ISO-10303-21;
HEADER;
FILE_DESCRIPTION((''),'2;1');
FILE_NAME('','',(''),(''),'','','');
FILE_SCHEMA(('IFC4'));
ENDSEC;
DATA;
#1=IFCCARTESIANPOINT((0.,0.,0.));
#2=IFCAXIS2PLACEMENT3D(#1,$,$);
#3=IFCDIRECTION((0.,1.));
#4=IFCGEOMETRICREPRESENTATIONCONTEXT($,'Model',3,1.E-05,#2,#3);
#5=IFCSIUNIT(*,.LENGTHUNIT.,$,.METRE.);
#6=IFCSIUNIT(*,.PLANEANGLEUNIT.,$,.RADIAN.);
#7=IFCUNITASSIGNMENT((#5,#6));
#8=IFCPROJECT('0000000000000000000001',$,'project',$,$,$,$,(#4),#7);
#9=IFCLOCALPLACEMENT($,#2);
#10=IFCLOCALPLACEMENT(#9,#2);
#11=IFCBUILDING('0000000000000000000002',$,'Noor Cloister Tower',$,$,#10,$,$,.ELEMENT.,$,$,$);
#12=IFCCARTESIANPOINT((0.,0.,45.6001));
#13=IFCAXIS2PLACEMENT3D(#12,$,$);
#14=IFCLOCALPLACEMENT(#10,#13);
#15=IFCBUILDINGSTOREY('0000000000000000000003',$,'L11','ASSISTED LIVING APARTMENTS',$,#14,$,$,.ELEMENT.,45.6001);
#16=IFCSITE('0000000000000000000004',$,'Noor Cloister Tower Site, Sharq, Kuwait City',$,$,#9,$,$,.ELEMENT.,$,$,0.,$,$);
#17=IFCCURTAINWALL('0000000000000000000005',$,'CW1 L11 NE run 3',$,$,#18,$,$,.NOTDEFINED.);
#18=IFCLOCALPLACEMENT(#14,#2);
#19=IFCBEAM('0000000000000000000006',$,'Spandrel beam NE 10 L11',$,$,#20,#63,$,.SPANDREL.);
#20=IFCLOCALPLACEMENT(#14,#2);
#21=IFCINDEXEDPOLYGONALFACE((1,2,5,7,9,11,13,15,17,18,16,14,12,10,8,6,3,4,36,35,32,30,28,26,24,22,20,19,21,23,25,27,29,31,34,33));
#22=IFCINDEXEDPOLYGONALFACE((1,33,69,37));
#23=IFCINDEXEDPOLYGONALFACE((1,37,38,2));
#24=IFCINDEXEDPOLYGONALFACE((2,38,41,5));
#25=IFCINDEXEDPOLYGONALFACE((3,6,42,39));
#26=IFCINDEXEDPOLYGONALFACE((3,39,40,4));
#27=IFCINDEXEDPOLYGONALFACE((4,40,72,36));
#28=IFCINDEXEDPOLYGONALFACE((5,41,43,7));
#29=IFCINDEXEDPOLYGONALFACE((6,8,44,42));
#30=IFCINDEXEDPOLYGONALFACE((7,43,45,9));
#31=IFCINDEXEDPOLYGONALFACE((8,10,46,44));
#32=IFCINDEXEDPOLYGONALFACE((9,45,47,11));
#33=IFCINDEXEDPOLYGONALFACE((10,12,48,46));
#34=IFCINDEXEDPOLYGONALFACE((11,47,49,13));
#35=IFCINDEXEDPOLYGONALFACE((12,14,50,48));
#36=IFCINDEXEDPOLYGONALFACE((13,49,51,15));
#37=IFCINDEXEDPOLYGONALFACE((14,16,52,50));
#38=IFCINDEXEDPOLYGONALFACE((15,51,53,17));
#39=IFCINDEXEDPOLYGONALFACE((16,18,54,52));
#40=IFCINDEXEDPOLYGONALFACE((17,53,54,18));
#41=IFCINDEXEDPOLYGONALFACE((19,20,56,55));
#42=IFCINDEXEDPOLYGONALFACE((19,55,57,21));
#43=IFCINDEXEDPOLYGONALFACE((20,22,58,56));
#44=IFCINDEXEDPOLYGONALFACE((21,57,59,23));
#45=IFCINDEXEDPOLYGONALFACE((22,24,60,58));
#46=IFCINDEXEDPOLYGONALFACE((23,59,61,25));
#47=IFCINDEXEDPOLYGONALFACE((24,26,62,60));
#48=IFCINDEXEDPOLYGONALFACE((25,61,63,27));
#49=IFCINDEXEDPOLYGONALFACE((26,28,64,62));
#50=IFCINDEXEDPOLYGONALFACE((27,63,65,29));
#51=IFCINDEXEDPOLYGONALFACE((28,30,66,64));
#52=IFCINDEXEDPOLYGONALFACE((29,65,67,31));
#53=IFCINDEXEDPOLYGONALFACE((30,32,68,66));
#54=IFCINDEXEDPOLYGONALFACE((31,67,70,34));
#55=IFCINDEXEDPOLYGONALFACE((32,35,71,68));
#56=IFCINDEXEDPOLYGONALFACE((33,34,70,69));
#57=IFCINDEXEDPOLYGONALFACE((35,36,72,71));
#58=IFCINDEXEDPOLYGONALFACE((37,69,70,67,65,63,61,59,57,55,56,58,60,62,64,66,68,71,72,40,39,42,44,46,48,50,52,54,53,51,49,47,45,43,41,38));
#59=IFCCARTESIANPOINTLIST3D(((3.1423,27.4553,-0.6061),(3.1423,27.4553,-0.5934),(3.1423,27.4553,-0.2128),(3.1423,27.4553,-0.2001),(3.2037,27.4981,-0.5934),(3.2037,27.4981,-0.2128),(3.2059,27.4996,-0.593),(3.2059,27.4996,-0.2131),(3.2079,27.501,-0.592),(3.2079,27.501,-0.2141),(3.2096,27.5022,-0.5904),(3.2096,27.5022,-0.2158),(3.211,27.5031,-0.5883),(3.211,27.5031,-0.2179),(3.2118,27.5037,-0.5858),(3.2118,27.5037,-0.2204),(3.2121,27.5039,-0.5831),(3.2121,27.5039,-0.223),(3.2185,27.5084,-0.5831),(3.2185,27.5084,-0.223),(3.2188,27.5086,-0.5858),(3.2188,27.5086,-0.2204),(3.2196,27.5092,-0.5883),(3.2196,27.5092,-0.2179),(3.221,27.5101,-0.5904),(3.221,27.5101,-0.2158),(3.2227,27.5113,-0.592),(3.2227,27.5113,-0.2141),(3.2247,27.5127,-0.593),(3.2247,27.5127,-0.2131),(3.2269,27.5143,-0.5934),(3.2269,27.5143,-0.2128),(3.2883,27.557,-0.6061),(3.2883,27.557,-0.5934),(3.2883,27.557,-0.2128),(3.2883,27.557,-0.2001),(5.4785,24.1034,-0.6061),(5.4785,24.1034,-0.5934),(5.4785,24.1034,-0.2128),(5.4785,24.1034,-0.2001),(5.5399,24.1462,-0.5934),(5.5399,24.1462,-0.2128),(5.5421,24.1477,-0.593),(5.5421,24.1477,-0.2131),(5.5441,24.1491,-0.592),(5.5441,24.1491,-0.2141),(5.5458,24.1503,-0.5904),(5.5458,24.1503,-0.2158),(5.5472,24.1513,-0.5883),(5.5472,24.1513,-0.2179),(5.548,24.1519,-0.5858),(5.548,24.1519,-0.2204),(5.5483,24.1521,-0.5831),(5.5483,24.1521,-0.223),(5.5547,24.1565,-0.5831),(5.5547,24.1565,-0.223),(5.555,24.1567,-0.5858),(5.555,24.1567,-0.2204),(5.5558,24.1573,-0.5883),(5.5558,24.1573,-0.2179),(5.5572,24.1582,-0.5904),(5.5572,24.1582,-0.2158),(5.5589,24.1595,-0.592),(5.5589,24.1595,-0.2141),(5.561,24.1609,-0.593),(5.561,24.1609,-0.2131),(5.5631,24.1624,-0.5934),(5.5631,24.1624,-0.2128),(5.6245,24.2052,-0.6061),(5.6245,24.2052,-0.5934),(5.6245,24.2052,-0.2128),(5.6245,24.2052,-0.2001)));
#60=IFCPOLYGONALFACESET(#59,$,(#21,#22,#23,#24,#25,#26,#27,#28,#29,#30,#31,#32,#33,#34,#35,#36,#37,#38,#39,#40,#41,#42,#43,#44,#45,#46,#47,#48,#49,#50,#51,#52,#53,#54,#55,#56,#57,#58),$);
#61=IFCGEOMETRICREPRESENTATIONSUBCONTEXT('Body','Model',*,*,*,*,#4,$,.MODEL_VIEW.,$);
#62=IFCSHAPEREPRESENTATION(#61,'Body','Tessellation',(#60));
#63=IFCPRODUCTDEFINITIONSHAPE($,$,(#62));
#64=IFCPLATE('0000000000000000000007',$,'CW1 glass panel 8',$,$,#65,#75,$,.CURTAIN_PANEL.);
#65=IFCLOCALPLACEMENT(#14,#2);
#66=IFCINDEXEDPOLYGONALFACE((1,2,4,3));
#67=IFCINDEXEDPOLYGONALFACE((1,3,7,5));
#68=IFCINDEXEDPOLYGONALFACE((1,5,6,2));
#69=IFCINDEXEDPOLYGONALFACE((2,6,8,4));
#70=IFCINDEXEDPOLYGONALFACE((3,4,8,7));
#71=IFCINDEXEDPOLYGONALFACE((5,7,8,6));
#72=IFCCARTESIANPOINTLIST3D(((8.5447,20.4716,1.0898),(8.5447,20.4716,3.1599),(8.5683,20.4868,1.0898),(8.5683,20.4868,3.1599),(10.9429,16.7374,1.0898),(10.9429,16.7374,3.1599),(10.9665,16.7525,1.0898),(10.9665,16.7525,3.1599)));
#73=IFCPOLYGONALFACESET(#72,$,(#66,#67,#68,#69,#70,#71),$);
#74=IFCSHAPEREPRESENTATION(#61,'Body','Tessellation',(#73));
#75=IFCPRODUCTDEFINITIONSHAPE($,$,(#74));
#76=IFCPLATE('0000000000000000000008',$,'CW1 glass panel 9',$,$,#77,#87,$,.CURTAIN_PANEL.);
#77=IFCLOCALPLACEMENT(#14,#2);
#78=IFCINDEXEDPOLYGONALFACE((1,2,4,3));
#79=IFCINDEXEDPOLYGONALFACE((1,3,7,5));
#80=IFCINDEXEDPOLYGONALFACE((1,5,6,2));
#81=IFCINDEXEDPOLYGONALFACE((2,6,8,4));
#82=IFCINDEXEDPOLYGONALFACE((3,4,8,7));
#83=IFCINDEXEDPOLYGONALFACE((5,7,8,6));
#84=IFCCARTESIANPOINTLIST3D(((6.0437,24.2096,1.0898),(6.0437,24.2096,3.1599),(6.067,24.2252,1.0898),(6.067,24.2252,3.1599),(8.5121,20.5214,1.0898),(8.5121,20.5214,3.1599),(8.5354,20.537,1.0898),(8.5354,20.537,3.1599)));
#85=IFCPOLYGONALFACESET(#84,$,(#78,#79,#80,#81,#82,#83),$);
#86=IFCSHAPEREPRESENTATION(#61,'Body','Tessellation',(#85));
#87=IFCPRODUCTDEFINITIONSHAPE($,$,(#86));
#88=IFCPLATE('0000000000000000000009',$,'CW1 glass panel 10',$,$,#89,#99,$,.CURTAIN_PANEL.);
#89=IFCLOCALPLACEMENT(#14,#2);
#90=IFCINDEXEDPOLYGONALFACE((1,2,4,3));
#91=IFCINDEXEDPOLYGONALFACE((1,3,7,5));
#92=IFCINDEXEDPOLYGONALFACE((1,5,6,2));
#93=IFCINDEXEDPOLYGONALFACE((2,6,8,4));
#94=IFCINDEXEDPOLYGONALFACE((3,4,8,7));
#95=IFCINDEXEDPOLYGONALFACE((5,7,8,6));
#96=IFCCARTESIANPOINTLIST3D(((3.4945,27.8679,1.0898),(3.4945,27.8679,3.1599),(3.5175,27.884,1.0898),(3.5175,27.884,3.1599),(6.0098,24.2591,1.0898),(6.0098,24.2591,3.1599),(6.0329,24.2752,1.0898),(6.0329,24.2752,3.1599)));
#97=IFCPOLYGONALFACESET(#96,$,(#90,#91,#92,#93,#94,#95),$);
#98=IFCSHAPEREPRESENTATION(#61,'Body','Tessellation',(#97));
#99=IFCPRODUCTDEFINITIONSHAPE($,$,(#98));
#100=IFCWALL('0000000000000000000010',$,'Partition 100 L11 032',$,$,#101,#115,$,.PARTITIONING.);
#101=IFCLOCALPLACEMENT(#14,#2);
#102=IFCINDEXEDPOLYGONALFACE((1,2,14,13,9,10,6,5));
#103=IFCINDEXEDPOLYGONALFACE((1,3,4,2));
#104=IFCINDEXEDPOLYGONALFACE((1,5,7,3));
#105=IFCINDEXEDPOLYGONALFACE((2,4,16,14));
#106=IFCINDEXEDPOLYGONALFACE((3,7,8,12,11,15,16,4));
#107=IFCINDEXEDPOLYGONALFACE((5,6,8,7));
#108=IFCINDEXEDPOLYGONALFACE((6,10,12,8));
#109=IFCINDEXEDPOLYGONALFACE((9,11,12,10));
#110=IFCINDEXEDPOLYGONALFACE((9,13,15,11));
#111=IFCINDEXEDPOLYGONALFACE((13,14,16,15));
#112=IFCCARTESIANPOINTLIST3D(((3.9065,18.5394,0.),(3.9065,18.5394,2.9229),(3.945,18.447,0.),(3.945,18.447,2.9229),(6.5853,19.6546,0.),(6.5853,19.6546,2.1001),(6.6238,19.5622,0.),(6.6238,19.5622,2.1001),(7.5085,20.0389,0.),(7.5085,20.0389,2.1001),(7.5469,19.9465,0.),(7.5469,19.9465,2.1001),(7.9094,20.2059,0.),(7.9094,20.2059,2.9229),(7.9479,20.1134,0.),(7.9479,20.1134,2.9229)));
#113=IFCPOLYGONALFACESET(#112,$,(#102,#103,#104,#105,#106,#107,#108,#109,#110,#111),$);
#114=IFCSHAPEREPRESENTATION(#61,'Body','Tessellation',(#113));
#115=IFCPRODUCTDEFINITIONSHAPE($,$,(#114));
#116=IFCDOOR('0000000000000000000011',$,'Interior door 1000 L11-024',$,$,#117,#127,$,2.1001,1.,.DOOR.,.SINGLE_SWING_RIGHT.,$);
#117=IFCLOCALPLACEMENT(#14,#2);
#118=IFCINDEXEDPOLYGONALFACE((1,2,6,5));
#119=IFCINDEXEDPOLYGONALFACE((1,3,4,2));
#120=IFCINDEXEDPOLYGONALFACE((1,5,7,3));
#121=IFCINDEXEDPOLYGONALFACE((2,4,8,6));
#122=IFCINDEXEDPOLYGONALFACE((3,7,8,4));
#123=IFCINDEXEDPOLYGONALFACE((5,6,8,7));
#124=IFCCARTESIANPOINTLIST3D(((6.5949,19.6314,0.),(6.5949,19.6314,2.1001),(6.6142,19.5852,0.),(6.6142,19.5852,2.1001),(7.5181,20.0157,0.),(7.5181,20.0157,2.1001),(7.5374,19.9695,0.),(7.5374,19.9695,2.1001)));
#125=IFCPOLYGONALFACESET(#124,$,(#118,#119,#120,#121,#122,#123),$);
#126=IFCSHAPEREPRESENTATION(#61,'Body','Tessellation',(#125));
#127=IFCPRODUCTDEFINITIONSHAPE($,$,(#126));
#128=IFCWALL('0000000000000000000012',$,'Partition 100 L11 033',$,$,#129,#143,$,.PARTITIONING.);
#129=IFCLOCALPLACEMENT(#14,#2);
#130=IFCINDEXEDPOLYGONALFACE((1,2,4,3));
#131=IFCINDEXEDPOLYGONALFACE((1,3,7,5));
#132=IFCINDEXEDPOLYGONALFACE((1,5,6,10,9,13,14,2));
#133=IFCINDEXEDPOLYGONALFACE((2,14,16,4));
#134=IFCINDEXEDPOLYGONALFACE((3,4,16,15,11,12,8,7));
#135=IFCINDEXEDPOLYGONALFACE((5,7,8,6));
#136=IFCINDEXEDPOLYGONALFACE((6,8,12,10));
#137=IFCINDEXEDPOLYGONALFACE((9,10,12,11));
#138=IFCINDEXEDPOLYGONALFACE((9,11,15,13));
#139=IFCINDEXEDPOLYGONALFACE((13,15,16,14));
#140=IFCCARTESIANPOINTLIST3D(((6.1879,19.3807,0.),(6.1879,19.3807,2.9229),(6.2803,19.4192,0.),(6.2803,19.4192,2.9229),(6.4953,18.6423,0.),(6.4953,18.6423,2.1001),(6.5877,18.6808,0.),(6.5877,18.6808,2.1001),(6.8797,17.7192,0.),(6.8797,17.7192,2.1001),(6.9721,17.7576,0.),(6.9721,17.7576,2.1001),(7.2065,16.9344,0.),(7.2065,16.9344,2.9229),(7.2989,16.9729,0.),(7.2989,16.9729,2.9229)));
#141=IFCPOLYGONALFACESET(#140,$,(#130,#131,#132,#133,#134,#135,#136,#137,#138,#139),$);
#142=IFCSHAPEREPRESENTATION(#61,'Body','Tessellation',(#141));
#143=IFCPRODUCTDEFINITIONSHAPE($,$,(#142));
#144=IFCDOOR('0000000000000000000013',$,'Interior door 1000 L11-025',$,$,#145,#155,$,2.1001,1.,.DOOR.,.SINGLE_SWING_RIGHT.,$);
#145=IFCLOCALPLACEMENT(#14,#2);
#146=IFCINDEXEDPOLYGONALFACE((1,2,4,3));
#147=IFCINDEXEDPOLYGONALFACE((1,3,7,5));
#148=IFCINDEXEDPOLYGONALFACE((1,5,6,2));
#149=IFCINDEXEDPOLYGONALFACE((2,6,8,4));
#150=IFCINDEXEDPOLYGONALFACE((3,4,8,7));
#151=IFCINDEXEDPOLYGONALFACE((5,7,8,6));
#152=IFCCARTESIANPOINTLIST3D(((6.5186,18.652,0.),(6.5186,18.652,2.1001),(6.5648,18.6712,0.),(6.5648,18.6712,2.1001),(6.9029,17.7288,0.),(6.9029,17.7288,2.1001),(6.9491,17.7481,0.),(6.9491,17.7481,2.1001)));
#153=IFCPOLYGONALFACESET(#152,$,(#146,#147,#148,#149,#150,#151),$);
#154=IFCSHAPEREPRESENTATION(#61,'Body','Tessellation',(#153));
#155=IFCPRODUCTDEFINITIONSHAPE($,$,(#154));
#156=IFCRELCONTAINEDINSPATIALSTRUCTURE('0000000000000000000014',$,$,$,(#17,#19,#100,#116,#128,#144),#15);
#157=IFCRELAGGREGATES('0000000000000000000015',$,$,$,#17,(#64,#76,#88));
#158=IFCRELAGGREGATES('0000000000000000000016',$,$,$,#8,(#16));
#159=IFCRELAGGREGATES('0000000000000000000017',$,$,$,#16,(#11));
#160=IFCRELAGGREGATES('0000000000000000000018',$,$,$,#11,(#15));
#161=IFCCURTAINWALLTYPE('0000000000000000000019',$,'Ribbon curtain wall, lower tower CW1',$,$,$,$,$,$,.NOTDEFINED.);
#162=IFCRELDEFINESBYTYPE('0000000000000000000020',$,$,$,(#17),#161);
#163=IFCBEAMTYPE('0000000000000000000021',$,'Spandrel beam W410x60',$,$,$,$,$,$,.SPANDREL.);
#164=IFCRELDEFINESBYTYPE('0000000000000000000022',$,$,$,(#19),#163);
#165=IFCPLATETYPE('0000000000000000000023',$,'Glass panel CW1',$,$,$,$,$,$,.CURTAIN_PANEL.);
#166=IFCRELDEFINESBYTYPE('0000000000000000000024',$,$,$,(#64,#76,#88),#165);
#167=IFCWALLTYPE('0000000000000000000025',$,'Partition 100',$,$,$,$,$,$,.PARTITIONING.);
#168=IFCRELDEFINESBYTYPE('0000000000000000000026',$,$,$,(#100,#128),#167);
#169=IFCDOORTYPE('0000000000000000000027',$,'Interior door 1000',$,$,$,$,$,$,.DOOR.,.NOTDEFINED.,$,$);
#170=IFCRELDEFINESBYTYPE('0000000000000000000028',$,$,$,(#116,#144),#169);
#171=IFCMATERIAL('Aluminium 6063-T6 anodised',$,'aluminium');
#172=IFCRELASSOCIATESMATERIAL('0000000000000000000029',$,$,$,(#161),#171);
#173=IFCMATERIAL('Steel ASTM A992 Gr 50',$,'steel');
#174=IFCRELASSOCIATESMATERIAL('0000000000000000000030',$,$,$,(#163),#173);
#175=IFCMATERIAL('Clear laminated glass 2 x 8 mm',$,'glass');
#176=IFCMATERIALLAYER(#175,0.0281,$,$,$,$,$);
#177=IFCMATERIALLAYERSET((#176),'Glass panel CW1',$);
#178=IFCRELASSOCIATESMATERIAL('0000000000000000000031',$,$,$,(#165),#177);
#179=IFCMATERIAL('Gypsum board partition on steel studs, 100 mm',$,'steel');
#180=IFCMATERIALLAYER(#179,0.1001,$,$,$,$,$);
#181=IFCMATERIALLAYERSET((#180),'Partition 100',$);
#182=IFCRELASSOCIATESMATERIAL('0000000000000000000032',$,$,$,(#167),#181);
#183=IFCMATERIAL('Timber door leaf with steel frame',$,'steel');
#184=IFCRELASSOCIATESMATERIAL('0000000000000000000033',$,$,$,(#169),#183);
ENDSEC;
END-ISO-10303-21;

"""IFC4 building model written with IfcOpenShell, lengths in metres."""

from ifc_helpers import new_model, si_unit, direction, frame, frame_2d, origin, origin_2d, place, context, subcontext, project, spatial, rectangle, i_section, extrude, material, layer, layer_set, material_profile, profile_set, type_object, element, fill, aggregate, save


model = new_model("IFC4")

# Units and contexts
model_context = context("Model", 3, precision=1e-05, world=origin(), true_north=direction((0.0, 1.0)))
body_context = subcontext(model_context, "Body", "Model", "MODEL_VIEW")
ifc_project = project(units=[si_unit("LENGTHUNIT", "METRE"), si_unit("PLANEANGLEUNIT", "RADIAN")], contexts=[model_context])

# Site, building, storey
site_placement = place(None, origin())
site = spatial("IfcSite", under=ifc_project, at=site_placement, Name="Noor Cloister Tower Site, Sharq, Kuwait City", CompositionType="ELEMENT", RefElevation=0.0)
building_placement = place(site_placement, origin())
building = spatial("IfcBuilding", under=site, at=building_placement, Name="Noor Cloister Tower", CompositionType="ELEMENT")
storey_placement = place(building_placement, frame((0.0, 0.0, 45.6001)))
storey = spatial("IfcBuildingStorey", under=building, at=storey_placement, Name="L11", Description="ASSISTED LIVING APARTMENTS", CompositionType="ELEMENT", Elevation=45.6001)

# Curtain wall
ifc_material_1 = material(Name="Aluminium 6063-T6 anodised", Category="aluminium")
curtain_wall_type = type_object("IfcCurtainWallType", Name="Ribbon curtain wall, lower tower CW1", PredefinedType="NOTDEFINED", material=ifc_material_1)
curtain_wall_placement = place(storey_placement, origin())
curtain_wall = element("IfcCurtainWall", 1, at=curtain_wall_placement, inside=storey, type_object=curtain_wall_type, Name="CW1 L11 NE run 3", PredefinedType="NOTDEFINED")

# Beam
ifc_material_2 = material(Name="Steel ASTM A992 Gr 50", Category="steel")
ifc_material_profile_1 = material_profile(ifc_material_2, i_section(OverallWidth=0.178, OverallDepth=0.406, WebThickness=0.0078, FlangeThickness=0.0127, FilletRadius=0.0103, at=origin_2d()), Name="W410x60")
ifc_profile_set_1 = profile_set([ifc_material_profile_1], Name="Steel ASTM A992 Gr 50")
beam_type_1 = type_object("IfcBeamType", Name="Spandrel beam W410x60", PredefinedType="SPANDREL", material=ifc_profile_set_1)
for number, where, z_axis, x_axis, name in (
    (2, (5.5515, 24.1543, -0.4031), (-0.571805, 0.82039, 0.0), (-0.82039, -0.571805, 0.0), "Spandrel beam NE 10 L11"),
):
    element("IfcBeam", number, at=place(storey_placement, frame(where, z_axis=z_axis, x_axis=x_axis)), inside=storey, type_object=beam_type_1, Name=name, PredefinedType="SPANDREL", context=body_context, shape_type="SweptSolid", body=[
        extrude(i_section(OverallWidth=0.178, OverallDepth=0.406, WebThickness=0.0078, FlangeThickness=0.0127, FilletRadius=0.0103, at=origin_2d()), origin(), (0.0, 0.0, 1.0), 4.0857),
    ])

# Plates
ifc_material_3 = material(Name="Clear laminated glass 2 x 8 mm", Category="glass")
ifc_layer_1 = layer(ifc_material_3, 0.0281)
ifc_layer_set_1 = layer_set([ifc_layer_1], Name="Glass panel CW1")
plate_type = type_object("IfcPlateType", Name="Glass panel CW1", PredefinedType="CURTAIN_PANEL", material=ifc_layer_set_1)
plate_1_placement = place(storey_placement, frame((9.7556, 18.6121, 1.0898), z_axis=(0.0, 0.0, 1.0), x_axis=(-0.54038, 0.841421, 0.0)))
plate_1 = element("IfcPlate", 3, at=plate_1_placement, type_object=plate_type, Name="CW1 glass panel 8", PredefinedType="CURTAIN_PANEL", context=body_context, shape_type="SweptSolid", body=[
    extrude(rectangle(XDim=4.438, YDim=0.0281, at=origin_2d()), origin(), (0.0, 0.0, 1.0), 2.0701),
])
plate_2_placement = place(storey_placement, frame((7.2896, 22.3733, 1.0898), z_axis=(0.0, 0.0, 1.0), x_axis=(-0.556198, 0.831049, 0.0)))
plate_2 = element("IfcPlate", 4, at=plate_2_placement, type_object=plate_type, Name="CW1 glass panel 9", PredefinedType="CURTAIN_PANEL", context=body_context, shape_type="SweptSolid", body=[
    extrude(rectangle(XDim=4.438, YDim=0.0281, at=origin_2d()), origin(), (0.0, 0.0, 1.0), 2.0701),
])
plate_3_placement = place(storey_placement, frame((4.7637, 26.0715, 1.0898), z_axis=(0.0, 0.0, 1.0), x_axis=(-0.571818, 0.82038, 0.0)))
plate_3 = element("IfcPlate", 5, at=plate_3_placement, type_object=plate_type, Name="CW1 glass panel 10", PredefinedType="CURTAIN_PANEL", context=body_context, shape_type="SweptSolid", body=[
    extrude(rectangle(XDim=4.3989, YDim=0.0281, at=origin_2d()), origin(), (0.0, 0.0, 1.0), 2.0701),
])
aggregate(curtain_wall, [plate_1, plate_2, plate_3])

# Walls, openings, doors
ifc_material_4 = material(Name="Gypsum board partition on steel studs, 100 mm", Category="steel")
ifc_layer_2 = layer(ifc_material_4, 0.1001)
ifc_layer_set_2 = layer_set([ifc_layer_2], Name="Partition 100")
wall_type = type_object("IfcWallType", Name="Partition 100", PredefinedType="PARTITIONING", material=ifc_layer_set_2)
wall_1_placement = place(storey_placement, frame((3.9258, 18.4932, 0.0), z_axis=(0.0, 0.0, 1.0), x_axis=(0.92319, 0.384344, 0.0)))
wall_1 = element("IfcWall", 6, at=wall_1_placement, inside=storey, type_object=wall_type, Name="Partition 100 L11 032", PredefinedType="PARTITIONING", context=body_context, shape_type="SweptSolid", body=[
    extrude(rectangle(XDim=4.3359, YDim=0.1001, at=frame_2d((2.168, 0.0))), origin(), (0.0, 0.0, 1.0), 2.9229),
])
opening_1_placement = place(wall_1_placement, frame((2.9016, 0.0, 0.0)))
opening_1 = element("IfcOpeningElement", 7, at=opening_1_placement, cuts=wall_1, PredefinedType="OPENING", context=body_context, shape_type="SweptSolid", body=[
    extrude(rectangle(XDim=1.0, YDim=2.1001, at=frame_2d((0.5, 1.05))), frame((0.0, 0.0601, 0.0), z_axis=(0.0, -1.0, 0.0), x_axis=(1.0, 0.0, 0.0)), (0.0, 0.0, 1.0), 0.1201),
])
ifc_material_5 = material(Name="Timber door leaf with steel frame", Category="steel")
door_type = type_object("IfcDoorType", Name="Interior door 1000", OperationType="NOTDEFINED", PredefinedType="DOOR", material=ifc_material_5)
door_1_placement = place(opening_1_placement, origin())
door_1 = element("IfcDoor", 8, at=door_1_placement, inside=storey, type_object=door_type, Name="Interior door 1000 L11-024", OperationType="SINGLE_SWING_RIGHT", OverallHeight=2.1001, OverallWidth=1.0, PredefinedType="DOOR", context=body_context, shape_type="SweptSolid", body=[
    extrude(rectangle(XDim=1.0, YDim=2.1001, at=frame_2d((0.5, 1.05))), frame((0.0, 0.0249, 0.0), z_axis=(0.0, -1.0, 0.0), x_axis=(1.0, 0.0, 0.0)), (0.0, 0.0, 1.0), 0.05),
])
fill(opening_1, door_1)
wall_2_placement = place(storey_placement, frame((7.2527, 16.9536, 0.0), z_axis=(0.0, 0.0, 1.0), x_axis=(-0.38438, 0.923175, 0.0)))
wall_2 = element("IfcWall", 9, at=wall_2_placement, inside=storey, type_object=wall_type, Name="Partition 100 L11 033", PredefinedType="PARTITIONING", context=body_context, shape_type="SweptSolid", body=[
    extrude(rectangle(XDim=2.6499, YDim=0.1001, at=frame_2d((1.325, 0.0))), origin(), (0.0, 0.0, 1.0), 2.9229),
])
opening_2_placement = place(wall_2_placement, frame((0.8501, 0.0, 0.0)))
opening_2 = element("IfcOpeningElement", 10, at=opening_2_placement, cuts=wall_2, PredefinedType="OPENING", context=body_context, shape_type="SweptSolid", body=[
    extrude(rectangle(XDim=1.0, YDim=2.1001, at=frame_2d((0.5, 1.05))), frame((0.0, 0.0601, 0.0), z_axis=(0.0, -1.0, 0.0), x_axis=(1.0, 0.0, 0.0)), (0.0, 0.0, 1.0), 0.1201),
])
door_2_placement = place(opening_2_placement, origin())
door_2 = element("IfcDoor", 11, at=door_2_placement, inside=storey, type_object=door_type, Name="Interior door 1000 L11-025", OperationType="SINGLE_SWING_RIGHT", OverallHeight=2.1001, OverallWidth=1.0, PredefinedType="DOOR", context=body_context, shape_type="SweptSolid", body=[
    extrude(rectangle(XDim=1.0, YDim=2.1001, at=frame_2d((0.5, 1.05))), frame((0.0, 0.0249, 0.0), z_axis=(0.0, -1.0, 0.0), x_axis=(1.0, 0.0, 0.0)), (0.0, 0.0, 1.0), 0.05),
])
fill(opening_2, door_2)

save(model, "model.ifc")
